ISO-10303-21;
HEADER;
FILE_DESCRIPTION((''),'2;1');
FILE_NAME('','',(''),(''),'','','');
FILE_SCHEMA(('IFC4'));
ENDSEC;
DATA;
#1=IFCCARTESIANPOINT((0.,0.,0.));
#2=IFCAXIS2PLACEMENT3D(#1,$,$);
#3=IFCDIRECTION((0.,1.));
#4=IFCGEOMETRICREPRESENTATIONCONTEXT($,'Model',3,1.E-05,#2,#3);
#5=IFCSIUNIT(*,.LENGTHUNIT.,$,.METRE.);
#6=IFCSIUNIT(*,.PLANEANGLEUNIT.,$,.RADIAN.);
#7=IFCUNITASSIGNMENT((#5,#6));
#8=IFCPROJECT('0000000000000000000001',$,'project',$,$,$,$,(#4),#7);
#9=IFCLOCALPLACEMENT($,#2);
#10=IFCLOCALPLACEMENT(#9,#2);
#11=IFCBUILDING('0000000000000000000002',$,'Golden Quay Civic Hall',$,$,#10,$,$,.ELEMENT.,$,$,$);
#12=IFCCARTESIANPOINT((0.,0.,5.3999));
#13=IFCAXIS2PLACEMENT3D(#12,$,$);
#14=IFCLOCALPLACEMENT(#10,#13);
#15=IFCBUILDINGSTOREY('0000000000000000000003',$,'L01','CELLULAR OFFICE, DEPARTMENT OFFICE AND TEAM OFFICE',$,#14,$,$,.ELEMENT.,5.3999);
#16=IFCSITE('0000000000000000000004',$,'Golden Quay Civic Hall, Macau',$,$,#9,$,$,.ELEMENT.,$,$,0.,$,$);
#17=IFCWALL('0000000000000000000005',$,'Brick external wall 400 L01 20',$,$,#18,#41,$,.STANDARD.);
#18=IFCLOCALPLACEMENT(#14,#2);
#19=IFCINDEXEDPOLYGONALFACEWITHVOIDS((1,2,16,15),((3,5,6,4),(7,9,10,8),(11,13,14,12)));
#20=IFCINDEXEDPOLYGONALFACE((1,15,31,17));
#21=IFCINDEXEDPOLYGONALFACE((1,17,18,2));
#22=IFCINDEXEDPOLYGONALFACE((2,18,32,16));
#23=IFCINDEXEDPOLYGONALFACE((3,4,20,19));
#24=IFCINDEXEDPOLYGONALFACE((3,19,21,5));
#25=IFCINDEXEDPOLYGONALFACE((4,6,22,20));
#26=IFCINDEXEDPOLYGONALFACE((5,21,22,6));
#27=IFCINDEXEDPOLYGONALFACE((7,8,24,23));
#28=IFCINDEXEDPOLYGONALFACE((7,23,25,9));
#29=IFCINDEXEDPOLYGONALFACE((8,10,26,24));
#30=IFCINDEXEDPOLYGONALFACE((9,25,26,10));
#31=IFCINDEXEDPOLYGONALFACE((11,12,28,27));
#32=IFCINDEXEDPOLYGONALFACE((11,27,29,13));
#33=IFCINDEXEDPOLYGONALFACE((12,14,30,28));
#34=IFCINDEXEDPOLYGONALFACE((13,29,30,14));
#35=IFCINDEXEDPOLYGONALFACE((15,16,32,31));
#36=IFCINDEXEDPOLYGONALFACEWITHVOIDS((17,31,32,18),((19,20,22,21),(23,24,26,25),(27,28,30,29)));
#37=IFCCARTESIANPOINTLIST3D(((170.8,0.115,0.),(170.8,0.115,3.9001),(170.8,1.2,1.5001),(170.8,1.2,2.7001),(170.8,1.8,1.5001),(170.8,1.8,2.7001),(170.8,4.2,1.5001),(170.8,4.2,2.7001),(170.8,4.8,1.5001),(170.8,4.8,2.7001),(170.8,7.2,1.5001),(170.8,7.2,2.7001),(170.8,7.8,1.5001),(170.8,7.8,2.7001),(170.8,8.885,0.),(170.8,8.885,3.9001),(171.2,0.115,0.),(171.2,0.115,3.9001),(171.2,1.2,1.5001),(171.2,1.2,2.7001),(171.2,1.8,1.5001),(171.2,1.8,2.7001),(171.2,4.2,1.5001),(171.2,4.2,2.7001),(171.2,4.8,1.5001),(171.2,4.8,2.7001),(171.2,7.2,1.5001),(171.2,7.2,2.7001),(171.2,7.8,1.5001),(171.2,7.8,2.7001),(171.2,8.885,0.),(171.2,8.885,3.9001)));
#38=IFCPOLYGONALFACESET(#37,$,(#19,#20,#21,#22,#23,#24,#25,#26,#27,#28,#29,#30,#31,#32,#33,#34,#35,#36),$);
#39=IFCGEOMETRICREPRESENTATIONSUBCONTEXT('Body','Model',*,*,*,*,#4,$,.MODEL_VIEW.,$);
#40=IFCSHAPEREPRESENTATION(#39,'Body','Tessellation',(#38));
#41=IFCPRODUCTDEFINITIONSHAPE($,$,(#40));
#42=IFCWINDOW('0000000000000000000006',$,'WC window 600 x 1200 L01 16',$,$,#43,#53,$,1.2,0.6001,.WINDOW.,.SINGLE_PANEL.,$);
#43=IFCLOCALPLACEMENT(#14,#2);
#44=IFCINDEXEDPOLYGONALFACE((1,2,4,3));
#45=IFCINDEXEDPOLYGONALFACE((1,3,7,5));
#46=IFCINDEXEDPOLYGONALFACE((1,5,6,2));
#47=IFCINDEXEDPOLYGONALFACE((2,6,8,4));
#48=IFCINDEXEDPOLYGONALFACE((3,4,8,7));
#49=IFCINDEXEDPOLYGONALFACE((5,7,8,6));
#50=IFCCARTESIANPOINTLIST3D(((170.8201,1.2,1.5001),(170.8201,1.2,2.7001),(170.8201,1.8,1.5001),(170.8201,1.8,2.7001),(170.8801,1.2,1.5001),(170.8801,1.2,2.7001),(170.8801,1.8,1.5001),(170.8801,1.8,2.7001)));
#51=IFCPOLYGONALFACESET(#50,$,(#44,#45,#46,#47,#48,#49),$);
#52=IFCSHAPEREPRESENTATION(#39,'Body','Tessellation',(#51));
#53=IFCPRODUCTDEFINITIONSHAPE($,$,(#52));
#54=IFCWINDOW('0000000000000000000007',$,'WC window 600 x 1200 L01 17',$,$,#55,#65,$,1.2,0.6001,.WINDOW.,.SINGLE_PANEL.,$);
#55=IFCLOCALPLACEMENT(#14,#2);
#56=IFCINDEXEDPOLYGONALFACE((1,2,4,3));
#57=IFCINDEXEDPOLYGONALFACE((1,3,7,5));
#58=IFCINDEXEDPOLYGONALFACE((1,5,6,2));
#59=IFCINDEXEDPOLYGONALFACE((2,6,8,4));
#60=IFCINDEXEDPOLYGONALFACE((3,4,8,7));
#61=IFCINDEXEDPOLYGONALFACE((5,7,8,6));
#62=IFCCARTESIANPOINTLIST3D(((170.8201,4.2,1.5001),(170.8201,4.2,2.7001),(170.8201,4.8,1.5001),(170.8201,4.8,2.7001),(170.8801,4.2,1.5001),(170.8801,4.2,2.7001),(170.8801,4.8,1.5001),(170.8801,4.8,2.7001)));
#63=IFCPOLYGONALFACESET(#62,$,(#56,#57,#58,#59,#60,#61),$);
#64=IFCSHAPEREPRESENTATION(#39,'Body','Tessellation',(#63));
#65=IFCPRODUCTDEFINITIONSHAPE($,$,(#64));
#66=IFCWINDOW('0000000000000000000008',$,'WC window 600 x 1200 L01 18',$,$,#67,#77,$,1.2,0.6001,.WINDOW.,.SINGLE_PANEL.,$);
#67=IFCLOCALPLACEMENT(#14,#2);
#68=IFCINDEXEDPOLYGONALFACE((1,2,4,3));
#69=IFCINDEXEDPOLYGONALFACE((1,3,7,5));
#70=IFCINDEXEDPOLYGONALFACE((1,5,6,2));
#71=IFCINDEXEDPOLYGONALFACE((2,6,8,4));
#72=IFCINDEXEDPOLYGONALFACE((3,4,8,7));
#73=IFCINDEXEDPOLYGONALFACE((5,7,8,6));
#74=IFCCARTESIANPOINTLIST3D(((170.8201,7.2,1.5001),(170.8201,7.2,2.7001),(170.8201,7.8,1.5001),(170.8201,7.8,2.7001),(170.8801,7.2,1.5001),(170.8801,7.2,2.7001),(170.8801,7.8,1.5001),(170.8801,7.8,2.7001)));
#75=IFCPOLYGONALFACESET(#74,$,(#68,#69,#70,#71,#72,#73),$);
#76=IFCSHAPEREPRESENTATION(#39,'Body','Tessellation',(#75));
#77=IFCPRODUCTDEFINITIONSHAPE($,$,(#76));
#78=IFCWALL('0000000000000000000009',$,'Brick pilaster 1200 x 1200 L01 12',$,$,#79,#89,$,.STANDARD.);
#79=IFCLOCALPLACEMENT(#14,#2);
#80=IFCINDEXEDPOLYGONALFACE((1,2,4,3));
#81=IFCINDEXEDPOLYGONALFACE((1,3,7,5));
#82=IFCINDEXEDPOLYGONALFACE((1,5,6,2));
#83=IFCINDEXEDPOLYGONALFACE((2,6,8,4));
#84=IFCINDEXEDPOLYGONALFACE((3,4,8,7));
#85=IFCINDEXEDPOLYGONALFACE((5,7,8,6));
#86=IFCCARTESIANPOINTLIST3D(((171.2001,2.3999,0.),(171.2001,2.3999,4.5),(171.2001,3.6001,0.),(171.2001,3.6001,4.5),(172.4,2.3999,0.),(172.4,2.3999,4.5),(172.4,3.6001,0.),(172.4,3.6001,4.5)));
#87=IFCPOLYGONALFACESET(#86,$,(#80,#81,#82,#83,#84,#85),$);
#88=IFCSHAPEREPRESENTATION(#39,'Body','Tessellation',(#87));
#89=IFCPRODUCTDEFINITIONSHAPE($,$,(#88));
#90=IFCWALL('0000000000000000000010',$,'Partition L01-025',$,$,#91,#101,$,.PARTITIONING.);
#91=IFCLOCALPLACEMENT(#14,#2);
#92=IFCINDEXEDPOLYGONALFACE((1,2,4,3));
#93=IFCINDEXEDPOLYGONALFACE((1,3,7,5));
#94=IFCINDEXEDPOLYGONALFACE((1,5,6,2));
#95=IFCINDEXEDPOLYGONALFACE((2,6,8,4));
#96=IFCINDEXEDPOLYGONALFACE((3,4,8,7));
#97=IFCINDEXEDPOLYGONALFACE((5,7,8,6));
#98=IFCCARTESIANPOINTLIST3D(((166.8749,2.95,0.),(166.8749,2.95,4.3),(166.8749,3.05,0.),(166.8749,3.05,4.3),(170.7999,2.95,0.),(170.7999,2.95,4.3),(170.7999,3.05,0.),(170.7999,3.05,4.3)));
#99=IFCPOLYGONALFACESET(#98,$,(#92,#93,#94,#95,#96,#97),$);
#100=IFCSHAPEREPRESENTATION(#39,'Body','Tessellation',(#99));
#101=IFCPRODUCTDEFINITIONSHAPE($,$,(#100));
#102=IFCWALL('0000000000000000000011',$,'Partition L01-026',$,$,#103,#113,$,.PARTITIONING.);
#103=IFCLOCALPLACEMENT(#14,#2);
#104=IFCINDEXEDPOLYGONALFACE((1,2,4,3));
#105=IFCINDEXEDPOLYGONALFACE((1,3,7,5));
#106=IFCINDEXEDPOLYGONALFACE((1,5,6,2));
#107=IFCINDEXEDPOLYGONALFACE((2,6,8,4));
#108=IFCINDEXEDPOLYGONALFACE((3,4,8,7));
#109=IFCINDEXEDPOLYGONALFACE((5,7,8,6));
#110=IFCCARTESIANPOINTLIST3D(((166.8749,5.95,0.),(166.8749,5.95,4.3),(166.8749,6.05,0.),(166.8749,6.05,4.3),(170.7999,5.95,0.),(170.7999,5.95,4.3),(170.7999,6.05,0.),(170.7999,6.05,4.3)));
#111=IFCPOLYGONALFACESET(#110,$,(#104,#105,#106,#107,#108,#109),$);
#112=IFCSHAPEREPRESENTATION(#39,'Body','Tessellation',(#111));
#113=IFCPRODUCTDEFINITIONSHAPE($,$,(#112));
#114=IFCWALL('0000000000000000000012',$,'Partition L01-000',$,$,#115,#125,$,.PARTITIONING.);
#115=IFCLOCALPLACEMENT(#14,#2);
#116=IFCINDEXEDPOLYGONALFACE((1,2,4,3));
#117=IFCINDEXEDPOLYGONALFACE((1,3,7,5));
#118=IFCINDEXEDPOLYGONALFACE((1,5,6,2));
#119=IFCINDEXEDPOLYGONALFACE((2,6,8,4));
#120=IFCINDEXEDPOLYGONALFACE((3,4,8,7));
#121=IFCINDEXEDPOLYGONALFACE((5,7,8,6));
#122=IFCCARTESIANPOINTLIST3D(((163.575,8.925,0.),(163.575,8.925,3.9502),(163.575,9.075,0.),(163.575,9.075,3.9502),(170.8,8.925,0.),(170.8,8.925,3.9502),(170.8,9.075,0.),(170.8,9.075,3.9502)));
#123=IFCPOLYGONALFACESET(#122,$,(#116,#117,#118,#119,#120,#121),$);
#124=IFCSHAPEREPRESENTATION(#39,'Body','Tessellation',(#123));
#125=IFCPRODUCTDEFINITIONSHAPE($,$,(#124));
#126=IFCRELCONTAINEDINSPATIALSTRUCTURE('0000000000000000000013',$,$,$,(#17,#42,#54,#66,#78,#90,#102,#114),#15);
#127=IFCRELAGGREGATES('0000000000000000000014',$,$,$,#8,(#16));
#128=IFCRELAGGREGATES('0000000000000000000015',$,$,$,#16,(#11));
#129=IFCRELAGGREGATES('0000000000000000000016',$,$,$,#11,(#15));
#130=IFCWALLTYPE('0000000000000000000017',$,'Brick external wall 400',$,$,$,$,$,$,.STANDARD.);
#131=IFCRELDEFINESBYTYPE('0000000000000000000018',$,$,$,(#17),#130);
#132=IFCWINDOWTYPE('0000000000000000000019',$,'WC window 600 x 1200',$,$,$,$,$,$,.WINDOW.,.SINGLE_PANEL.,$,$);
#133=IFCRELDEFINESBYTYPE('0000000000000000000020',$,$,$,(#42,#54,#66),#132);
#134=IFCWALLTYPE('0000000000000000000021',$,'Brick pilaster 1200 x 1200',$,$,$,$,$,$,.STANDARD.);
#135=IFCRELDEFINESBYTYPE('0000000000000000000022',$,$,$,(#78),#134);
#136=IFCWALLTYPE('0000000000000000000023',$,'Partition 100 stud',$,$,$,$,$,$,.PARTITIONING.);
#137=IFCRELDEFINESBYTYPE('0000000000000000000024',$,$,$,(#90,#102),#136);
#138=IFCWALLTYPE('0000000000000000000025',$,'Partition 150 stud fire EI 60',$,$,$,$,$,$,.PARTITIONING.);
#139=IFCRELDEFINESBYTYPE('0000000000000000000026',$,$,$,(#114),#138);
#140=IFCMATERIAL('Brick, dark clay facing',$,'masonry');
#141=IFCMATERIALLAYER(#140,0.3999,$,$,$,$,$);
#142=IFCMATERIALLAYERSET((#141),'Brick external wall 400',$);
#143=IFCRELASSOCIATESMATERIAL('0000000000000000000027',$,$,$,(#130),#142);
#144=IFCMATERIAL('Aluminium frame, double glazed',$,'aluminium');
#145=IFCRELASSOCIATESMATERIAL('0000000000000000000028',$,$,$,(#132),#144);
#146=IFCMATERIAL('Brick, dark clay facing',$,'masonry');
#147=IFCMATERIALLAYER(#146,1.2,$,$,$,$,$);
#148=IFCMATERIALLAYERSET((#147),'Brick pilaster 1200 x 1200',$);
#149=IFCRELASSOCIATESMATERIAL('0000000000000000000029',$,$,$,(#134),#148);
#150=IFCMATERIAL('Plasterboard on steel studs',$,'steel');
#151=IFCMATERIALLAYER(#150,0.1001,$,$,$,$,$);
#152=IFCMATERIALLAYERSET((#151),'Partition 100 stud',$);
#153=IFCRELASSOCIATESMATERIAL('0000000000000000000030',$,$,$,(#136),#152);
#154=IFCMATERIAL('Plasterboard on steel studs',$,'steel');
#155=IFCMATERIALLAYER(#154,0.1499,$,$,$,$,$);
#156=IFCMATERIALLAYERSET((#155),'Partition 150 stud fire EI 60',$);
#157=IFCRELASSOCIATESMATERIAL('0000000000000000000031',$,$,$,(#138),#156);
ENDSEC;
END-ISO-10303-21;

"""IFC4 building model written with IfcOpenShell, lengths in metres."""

from ifc_helpers import new_model, si_unit, direction, frame, frame_2d, origin, place, context, subcontext, project, spatial, rectangle, extrude, material, layer, layer_set, type_object, element, fill, save


model = new_model("IFC4")

# Units and contexts
model_context = context("Model", 3, precision=1e-05, world=origin(), true_north=direction((0.0, 1.0)))
body_context = subcontext(model_context, "Body", "Model", "MODEL_VIEW")
ifc_project = project(units=[si_unit("LENGTHUNIT", "METRE"), si_unit("PLANEANGLEUNIT", "RADIAN")], contexts=[model_context])

# Site, building, storey
site_placement = place(None, origin())
site = spatial("IfcSite", under=ifc_project, at=site_placement, Name="Golden Quay Civic Hall, Macau", CompositionType="ELEMENT", RefElevation=0.0)
building_placement = place(site_placement, origin())
building = spatial("IfcBuilding", under=site, at=building_placement, Name="Golden Quay Civic Hall", CompositionType="ELEMENT")
storey_placement = place(building_placement, frame((0.0, 0.0, 5.3999)))
storey = spatial("IfcBuildingStorey", under=building, at=storey_placement, Name="L01", Description="CELLULAR OFFICE, DEPARTMENT OFFICE AND TEAM OFFICE", CompositionType="ELEMENT", Elevation=5.3999)

# Wall, openings, windows
ifc_material_1 = material(Name="Brick, dark clay facing", Category="masonry")
ifc_layer_1 = layer(ifc_material_1, 0.3999)
ifc_layer_set_1 = layer_set([ifc_layer_1], Name="Brick external wall 400")
wall_type_1 = type_object("IfcWallType", Name="Brick external wall 400", PredefinedType="STANDARD", material=ifc_layer_set_1)
wall_1_placement = place(storey_placement, frame((171.0, 8.885, 0.0), z_axis=(0.0, 0.0, 1.0), x_axis=(0.0, -1.0, 0.0)))
wall_1 = element("IfcWall", 1, at=wall_1_placement, inside=storey, type_object=wall_type_1, Name="Brick external wall 400 L01 20", PredefinedType="STANDARD", context=body_context, shape_type="SweptSolid", body=[
    extrude(rectangle(XDim=8.77, YDim=0.3999, at=frame_2d((4.385, 0.0))), origin(), (0.0, 0.0, 1.0), 3.9001),
])
opening_1_placement = place(wall_1_placement, frame((7.085, 0.0, 1.5)))
opening_1 = element("IfcOpeningElement", 2, at=opening_1_placement, cuts=wall_1, PredefinedType="OPENING", context=body_context, shape_type="SweptSolid", body=[
    extrude(rectangle(XDim=0.6001, YDim=1.2, at=frame_2d((0.3, 0.6001))), frame((0.0, 0.21, 0.0), z_axis=(0.0, -1.0, 0.0), x_axis=(1.0, 0.0, 0.0)), (0.0, 0.0, 1.0), 0.4199),
])
opening_2_placement = place(wall_1_placement, frame((4.085, 0.0, 1.5)))
opening_2 = element("IfcOpeningElement", 3, at=opening_2_placement, cuts=wall_1, PredefinedType="OPENING", context=body_context, shape_type="SweptSolid", body=[
    extrude(rectangle(XDim=0.6001, YDim=1.2, at=frame_2d((0.3, 0.6001))), frame((0.0, 0.21, 0.0), z_axis=(0.0, -1.0, 0.0), x_axis=(1.0, 0.0, 0.0)), (0.0, 0.0, 1.0), 0.4199),
])
opening_3_placement = place(wall_1_placement, frame((1.085, 0.0, 1.5)))
opening_3 = element("IfcOpeningElement", 4, at=opening_3_placement, cuts=wall_1, PredefinedType="OPENING", context=body_context, shape_type="SweptSolid", body=[
    extrude(rectangle(XDim=0.6001, YDim=1.2, at=frame_2d((0.3, 0.6001))), frame((0.0, 0.21, 0.0), z_axis=(0.0, -1.0, 0.0), x_axis=(1.0, 0.0, 0.0)), (0.0, 0.0, 1.0), 0.4199),
])
ifc_material_2 = material(Name="Aluminium frame, double glazed", Category="aluminium")
window_type = type_object("IfcWindowType", Name="WC window 600 x 1200", PartitioningType="SINGLE_PANEL", PredefinedType="WINDOW", material=ifc_material_2)
window_1_placement = place(opening_1_placement, origin())
window_1 = element("IfcWindow", 5, at=window_1_placement, inside=storey, type_object=window_type, Name="WC window 600 x 1200 L01 16", OverallHeight=1.2, OverallWidth=0.6001, PartitioningType="SINGLE_PANEL", PredefinedType="WINDOW", context=body_context, shape_type="SweptSolid", body=[
    extrude(rectangle(XDim=0.6001, YDim=1.2, at=frame_2d((0.3, 0.6001))), frame((0.0, -0.1199, 0.0), z_axis=(0.0, -1.0, 0.0), x_axis=(1.0, 0.0, 0.0)), (0.0, 0.0, 1.0), 0.0601),
])
fill(opening_1, window_1)
window_2_placement = place(opening_2_placement, origin())
window_2 = element("IfcWindow", 6, at=window_2_placement, inside=storey, type_object=window_type, Name="WC window 600 x 1200 L01 17", OverallHeight=1.2, OverallWidth=0.6001, PartitioningType="SINGLE_PANEL", PredefinedType="WINDOW", context=body_context, shape_type="SweptSolid", body=[
    extrude(rectangle(XDim=0.6001, YDim=1.2, at=frame_2d((0.3, 0.6001))), frame((0.0, -0.1199, 0.0), z_axis=(0.0, -1.0, 0.0), x_axis=(1.0, 0.0, 0.0)), (0.0, 0.0, 1.0), 0.0601),
])
fill(opening_2, window_2)
window_3_placement = place(opening_3_placement, origin())
window_3 = element("IfcWindow", 7, at=window_3_placement, inside=storey, type_object=window_type, Name="WC window 600 x 1200 L01 18", OverallHeight=1.2, OverallWidth=0.6001, PartitioningType="SINGLE_PANEL", PredefinedType="WINDOW", context=body_context, shape_type="SweptSolid", body=[
    extrude(rectangle(XDim=0.6001, YDim=1.2, at=frame_2d((0.3, 0.6001))), frame((0.0, -0.1199, 0.0), z_axis=(0.0, -1.0, 0.0), x_axis=(1.0, 0.0, 0.0)), (0.0, 0.0, 1.0), 0.0601),
])
fill(opening_3, window_3)

# Walls
ifc_material_3 = material(Name="Brick, dark clay facing", Category="masonry")
ifc_layer_2 = layer(ifc_material_3, 1.2)
ifc_layer_set_2 = layer_set([ifc_layer_2], Name="Brick pilaster 1200 x 1200")
wall_type_2 = type_object("IfcWallType", Name="Brick pilaster 1200 x 1200", PredefinedType="STANDARD", material=ifc_layer_set_2)
wall_2_placement = place(storey_placement, frame((171.8, 2.3999, 0.0), z_axis=(0.0, 0.0, 1.0), x_axis=(0.0, 1.0, 0.0)))
element("IfcWall", 8, at=wall_2_placement, inside=storey, type_object=wall_type_2, Name="Brick pilaster 1200 x 1200 L01 12", PredefinedType="STANDARD", context=body_context, shape_type="SweptSolid", body=[
    extrude(rectangle(XDim=1.2002, YDim=1.2, at=frame_2d((0.6001, 0.0))), origin(), (0.0, 0.0, 1.0), 4.5),
])
ifc_material_4 = material(Name="Plasterboard on steel studs", Category="steel")
ifc_layer_3 = layer(ifc_material_4, 0.1001)
ifc_layer_set_3 = layer_set([ifc_layer_3], Name="Partition 100 stud")
wall_type_3 = type_object("IfcWallType", Name="Partition 100 stud", PredefinedType="PARTITIONING", material=ifc_layer_set_3)
for number, where, z_axis, x_axis, name in (
    (9, (166.875, 3.0, 0.0), (0.0, 0.0, 1.0), (1.0, 0.0, 0.0), "Partition L01-025"),
    (10, (166.875, 6.0, 0.0), (0.0, 0.0, 1.0), (1.0, 0.0, 0.0), "Partition L01-026"),
):
    element("IfcWall", number, at=place(storey_placement, frame(where, z_axis=z_axis, x_axis=x_axis)), inside=storey, type_object=wall_type_3, Name=name, PredefinedType="PARTITIONING", context=body_context, shape_type="SweptSolid", body=[
        extrude(rectangle(XDim=3.925, YDim=0.1001, at=frame_2d((1.9624, 0.0))), origin(), (0.0, 0.0, 1.0), 4.3),
    ])
ifc_material_5 = material(Name="Plasterboard on steel studs", Category="steel")
ifc_layer_4 = layer(ifc_material_5, 0.1499)
ifc_layer_set_4 = layer_set([ifc_layer_4], Name="Partition 150 stud fire EI 60")
wall_type_4 = type_object("IfcWallType", Name="Partition 150 stud fire EI 60", PredefinedType="PARTITIONING", material=ifc_layer_set_4)
wall_3_placement = place(storey_placement, frame((163.575, 9.0, 0.0), z_axis=(0.0, 0.0, 1.0), x_axis=(1.0, 0.0, 0.0)))
element("IfcWall", 11, at=wall_3_placement, inside=storey, type_object=wall_type_4, Name="Partition L01-000", PredefinedType="PARTITIONING", context=body_context, shape_type="SweptSolid", body=[
    extrude(rectangle(XDim=7.2251, YDim=0.1499, at=frame_2d((3.6125, 0.0))), origin(), (0.0, 0.0, 1.0), 3.9502),
])

save(model, "model.ifc")
